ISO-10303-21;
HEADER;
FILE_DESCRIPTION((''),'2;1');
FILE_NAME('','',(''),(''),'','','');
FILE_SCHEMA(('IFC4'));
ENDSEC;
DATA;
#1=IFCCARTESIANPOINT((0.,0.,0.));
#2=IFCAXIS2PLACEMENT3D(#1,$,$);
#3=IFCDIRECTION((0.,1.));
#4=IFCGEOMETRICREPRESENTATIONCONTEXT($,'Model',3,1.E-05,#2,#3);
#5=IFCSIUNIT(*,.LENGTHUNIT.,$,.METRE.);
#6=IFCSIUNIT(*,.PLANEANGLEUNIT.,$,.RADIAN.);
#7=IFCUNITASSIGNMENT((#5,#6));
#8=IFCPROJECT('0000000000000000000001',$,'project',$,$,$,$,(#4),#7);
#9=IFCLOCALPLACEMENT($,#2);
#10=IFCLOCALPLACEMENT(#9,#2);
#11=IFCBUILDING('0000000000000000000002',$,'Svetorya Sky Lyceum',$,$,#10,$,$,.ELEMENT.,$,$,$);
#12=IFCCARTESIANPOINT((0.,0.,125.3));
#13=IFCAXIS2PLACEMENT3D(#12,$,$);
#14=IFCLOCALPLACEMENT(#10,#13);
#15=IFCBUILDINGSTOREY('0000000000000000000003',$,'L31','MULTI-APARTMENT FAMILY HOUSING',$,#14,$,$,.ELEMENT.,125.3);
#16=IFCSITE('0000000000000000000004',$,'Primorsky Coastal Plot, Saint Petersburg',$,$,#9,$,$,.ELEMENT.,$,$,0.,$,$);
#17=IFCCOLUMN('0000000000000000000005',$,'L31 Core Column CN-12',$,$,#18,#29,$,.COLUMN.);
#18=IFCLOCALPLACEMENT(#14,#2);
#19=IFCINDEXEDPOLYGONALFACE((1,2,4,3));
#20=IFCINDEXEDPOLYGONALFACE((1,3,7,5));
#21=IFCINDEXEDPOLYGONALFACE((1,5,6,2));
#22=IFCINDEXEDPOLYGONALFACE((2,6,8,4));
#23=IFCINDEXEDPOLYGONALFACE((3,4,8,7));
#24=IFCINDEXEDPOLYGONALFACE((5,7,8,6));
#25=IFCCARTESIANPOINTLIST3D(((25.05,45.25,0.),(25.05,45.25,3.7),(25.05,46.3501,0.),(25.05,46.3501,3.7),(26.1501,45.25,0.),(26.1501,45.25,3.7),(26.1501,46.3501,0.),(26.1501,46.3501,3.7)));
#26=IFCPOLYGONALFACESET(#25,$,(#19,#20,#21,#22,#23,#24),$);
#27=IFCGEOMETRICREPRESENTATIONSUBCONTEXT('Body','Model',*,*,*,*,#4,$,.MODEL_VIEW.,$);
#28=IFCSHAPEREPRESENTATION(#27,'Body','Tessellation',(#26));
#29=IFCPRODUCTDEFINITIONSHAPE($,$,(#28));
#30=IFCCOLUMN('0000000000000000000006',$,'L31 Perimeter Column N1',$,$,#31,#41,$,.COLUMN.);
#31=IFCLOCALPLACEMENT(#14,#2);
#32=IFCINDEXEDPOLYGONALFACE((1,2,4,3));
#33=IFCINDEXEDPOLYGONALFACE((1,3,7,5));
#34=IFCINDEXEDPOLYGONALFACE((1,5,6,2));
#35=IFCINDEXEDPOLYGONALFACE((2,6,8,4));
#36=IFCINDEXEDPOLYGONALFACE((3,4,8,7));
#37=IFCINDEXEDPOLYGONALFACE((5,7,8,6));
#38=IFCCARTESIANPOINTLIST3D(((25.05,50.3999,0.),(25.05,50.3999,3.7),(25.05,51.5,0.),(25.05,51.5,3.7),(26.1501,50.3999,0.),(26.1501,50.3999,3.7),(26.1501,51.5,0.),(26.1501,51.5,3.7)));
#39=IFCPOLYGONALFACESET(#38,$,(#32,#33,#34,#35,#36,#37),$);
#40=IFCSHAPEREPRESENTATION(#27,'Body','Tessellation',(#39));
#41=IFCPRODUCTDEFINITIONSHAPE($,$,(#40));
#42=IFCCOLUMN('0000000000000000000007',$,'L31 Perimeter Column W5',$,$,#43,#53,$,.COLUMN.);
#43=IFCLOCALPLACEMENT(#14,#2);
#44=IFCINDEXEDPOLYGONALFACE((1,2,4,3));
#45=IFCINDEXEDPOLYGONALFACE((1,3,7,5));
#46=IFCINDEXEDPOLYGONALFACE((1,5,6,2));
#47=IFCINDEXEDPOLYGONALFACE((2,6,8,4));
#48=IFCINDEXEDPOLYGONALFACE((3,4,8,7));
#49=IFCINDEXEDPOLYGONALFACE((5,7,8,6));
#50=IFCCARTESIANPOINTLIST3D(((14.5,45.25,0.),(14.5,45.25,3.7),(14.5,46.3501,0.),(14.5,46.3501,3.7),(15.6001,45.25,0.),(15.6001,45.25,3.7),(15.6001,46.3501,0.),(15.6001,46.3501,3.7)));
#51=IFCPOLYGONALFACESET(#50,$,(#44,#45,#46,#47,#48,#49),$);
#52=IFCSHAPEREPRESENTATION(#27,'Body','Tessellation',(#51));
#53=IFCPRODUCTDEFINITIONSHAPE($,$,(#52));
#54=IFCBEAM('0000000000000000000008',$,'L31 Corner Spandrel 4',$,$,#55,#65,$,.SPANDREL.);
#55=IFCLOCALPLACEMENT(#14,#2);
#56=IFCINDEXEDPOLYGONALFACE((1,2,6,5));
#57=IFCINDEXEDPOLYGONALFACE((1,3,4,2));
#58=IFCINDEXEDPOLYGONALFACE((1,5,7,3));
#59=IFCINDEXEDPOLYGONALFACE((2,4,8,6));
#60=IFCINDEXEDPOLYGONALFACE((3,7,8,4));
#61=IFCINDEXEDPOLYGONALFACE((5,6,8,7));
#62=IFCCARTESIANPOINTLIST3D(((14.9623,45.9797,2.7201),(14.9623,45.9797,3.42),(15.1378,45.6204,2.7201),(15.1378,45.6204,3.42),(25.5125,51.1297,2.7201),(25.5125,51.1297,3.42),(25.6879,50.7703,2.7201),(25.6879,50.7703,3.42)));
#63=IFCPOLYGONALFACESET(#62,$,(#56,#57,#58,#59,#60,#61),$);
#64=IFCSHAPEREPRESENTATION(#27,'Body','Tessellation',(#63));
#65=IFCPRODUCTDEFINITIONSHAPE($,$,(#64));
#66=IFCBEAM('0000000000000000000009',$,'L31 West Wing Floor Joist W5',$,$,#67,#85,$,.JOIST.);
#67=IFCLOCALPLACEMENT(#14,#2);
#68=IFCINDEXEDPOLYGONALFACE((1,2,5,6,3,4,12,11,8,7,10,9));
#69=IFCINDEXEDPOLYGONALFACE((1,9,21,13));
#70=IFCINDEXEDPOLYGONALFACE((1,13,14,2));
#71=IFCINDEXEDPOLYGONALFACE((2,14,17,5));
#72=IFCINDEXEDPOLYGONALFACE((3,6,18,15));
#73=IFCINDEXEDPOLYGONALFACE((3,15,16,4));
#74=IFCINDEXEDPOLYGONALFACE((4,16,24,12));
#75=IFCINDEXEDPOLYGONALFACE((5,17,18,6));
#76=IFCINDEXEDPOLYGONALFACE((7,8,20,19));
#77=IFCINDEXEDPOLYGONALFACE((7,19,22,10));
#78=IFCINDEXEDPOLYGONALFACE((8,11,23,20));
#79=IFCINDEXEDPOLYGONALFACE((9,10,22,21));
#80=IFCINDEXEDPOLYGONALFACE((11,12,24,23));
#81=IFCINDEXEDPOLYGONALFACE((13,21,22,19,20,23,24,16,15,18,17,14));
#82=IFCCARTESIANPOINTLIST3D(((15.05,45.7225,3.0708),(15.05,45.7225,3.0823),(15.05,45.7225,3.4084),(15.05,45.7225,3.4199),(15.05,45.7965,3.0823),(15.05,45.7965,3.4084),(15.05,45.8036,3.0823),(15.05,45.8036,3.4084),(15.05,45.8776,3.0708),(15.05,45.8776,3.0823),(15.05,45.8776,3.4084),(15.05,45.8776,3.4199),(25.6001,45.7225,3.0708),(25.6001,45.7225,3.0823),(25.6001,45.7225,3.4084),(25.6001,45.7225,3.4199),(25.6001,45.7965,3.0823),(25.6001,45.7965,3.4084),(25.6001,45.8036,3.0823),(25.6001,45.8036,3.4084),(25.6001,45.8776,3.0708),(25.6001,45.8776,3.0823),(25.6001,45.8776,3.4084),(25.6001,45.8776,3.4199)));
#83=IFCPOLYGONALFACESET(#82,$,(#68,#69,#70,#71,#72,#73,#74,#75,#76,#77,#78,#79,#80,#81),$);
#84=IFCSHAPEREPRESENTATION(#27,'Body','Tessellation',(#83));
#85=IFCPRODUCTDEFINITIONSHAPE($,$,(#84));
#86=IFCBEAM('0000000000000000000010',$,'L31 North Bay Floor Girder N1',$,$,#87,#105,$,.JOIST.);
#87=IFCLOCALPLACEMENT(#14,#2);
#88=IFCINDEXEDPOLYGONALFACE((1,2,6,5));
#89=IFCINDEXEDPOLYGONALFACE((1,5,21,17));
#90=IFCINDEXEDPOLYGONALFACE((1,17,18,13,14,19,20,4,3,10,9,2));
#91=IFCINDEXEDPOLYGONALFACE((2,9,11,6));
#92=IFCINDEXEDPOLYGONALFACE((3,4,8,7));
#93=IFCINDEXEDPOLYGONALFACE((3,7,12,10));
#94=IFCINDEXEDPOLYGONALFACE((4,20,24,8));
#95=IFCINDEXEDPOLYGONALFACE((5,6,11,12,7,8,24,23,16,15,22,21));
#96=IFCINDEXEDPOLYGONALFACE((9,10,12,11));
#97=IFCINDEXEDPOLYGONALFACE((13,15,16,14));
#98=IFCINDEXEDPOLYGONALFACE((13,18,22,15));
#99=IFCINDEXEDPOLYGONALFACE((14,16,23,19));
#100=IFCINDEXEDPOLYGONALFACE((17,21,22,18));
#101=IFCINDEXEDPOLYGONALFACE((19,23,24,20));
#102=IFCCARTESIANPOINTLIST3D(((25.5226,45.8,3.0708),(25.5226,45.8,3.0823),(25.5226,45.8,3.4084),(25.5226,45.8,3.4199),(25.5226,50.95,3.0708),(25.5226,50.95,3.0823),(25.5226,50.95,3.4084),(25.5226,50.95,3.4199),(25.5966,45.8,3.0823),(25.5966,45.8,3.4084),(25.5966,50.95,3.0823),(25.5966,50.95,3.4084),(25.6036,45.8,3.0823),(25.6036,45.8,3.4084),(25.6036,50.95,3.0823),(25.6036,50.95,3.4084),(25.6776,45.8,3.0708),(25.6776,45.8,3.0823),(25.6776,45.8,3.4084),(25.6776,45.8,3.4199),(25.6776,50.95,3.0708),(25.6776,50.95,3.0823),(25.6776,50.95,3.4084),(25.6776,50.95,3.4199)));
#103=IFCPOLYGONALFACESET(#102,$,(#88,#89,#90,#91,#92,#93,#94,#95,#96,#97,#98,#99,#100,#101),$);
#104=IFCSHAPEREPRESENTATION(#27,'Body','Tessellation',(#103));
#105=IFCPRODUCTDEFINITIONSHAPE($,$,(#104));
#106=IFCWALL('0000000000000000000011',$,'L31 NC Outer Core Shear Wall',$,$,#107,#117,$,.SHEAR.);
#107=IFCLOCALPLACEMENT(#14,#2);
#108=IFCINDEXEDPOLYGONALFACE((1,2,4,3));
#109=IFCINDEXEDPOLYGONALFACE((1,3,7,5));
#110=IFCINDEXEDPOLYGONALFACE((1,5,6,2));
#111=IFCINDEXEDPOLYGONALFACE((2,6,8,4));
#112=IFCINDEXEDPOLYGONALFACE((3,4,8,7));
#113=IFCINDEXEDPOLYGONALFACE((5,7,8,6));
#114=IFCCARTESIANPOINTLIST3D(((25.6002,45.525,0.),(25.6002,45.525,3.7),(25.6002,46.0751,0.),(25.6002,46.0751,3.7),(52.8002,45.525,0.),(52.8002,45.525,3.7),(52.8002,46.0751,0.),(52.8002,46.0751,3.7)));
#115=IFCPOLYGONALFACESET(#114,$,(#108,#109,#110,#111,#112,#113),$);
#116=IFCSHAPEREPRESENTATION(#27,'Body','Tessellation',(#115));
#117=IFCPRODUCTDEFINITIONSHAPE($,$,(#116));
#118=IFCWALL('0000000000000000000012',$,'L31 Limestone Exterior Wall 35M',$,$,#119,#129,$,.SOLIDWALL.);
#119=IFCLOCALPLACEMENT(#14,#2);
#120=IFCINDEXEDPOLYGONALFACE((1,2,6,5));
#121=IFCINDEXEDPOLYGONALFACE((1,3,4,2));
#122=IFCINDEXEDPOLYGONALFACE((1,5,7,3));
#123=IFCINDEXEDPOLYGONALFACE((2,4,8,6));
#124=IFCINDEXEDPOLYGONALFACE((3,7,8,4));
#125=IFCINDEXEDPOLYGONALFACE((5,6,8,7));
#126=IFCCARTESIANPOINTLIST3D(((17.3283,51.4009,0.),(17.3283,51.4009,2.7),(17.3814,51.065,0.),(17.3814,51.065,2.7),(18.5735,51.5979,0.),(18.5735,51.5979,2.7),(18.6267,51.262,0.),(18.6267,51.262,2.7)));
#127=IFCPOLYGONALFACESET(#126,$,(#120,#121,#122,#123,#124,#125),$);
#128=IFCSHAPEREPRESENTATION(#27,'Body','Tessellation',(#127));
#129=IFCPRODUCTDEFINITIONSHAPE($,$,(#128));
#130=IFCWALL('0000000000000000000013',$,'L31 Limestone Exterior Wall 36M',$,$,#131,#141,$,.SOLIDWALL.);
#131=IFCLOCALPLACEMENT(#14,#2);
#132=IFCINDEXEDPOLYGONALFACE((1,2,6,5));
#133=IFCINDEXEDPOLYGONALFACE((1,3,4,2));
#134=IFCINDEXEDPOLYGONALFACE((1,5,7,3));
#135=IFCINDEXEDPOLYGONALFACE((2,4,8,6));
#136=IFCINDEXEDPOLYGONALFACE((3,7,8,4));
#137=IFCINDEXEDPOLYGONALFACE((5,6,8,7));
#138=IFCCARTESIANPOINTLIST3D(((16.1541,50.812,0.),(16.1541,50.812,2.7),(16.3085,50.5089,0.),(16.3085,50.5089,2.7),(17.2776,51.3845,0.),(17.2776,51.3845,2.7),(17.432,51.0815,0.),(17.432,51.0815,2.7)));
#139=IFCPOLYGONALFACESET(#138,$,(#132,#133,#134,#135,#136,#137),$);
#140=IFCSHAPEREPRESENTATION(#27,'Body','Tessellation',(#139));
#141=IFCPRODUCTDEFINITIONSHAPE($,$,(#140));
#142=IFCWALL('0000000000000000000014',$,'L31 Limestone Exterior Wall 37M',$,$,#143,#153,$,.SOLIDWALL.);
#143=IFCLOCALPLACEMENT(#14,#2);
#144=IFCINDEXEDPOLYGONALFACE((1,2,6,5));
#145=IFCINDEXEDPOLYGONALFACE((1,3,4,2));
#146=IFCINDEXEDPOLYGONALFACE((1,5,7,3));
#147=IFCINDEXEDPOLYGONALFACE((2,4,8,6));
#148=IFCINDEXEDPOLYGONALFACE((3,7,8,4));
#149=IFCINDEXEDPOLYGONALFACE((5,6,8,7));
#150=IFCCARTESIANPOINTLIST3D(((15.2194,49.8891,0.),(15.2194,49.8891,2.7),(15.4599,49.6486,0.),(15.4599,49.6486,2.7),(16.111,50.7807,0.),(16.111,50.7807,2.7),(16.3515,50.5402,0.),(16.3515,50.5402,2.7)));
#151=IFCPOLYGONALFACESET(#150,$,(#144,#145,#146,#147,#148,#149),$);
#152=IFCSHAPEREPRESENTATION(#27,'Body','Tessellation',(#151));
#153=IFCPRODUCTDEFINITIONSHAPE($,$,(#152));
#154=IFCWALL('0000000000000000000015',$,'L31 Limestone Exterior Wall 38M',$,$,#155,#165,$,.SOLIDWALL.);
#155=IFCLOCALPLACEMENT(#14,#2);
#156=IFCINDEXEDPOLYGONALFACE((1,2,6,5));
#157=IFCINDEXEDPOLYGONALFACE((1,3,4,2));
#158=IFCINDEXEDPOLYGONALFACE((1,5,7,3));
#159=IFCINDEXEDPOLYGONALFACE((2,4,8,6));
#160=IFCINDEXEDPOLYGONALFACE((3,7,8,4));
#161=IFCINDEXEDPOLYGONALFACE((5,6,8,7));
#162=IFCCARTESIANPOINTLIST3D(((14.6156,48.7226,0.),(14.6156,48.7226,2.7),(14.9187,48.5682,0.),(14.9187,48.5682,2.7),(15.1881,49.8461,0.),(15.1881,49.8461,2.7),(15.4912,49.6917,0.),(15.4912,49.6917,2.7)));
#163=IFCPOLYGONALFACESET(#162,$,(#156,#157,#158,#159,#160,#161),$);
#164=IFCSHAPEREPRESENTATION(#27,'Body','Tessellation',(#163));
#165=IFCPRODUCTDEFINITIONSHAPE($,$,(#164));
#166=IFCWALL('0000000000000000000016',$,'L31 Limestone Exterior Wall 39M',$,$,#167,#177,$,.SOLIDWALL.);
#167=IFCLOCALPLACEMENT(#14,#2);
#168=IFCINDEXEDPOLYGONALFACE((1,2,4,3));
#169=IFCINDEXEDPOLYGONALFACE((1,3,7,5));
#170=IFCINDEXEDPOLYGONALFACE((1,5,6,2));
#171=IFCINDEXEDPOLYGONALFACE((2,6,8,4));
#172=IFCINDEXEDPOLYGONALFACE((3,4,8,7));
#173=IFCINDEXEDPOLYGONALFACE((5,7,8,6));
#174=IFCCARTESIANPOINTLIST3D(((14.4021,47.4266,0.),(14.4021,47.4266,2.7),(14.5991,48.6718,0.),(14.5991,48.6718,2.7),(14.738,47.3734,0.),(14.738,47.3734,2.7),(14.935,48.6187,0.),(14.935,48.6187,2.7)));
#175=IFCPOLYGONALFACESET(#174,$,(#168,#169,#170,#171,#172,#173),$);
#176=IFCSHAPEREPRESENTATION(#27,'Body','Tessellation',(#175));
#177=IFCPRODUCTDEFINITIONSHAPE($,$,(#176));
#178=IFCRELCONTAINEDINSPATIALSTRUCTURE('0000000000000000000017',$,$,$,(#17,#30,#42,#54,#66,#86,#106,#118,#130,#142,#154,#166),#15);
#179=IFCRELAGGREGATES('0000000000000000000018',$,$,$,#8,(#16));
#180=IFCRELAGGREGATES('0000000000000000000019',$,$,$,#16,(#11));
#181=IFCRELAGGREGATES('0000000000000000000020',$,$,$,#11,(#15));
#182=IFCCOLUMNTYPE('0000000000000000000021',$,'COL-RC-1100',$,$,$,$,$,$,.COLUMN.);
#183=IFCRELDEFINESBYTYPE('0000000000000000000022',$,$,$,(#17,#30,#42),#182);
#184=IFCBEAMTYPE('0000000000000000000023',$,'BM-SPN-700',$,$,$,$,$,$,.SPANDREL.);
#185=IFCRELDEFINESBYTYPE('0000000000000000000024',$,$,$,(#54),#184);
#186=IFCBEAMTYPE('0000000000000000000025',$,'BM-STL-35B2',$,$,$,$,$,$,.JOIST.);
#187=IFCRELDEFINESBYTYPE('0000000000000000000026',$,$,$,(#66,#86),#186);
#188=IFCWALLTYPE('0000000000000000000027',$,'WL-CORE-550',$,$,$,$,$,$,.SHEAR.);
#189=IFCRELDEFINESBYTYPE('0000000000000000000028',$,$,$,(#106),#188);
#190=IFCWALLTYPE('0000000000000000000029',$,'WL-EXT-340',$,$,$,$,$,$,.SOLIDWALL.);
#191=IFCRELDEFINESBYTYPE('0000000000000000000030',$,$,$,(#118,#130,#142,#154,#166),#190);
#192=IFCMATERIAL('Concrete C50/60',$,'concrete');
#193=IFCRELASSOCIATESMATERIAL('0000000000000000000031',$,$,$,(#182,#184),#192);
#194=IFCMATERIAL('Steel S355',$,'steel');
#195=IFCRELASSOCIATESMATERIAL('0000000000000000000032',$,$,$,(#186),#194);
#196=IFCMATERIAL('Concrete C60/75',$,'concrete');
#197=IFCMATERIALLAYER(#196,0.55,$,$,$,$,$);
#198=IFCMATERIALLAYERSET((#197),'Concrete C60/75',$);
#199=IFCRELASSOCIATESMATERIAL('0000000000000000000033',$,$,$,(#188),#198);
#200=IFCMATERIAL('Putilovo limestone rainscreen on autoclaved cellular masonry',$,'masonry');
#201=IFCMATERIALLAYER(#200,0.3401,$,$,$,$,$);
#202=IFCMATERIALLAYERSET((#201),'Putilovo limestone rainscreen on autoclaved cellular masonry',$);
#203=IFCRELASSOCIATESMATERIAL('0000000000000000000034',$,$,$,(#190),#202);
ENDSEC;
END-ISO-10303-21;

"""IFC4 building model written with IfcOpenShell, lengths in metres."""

from ifc_helpers import new_model, si_unit, direction, frame, frame_2d, origin, origin_2d, place, context, subcontext, project, spatial, rectangle, i_section, extrude, material, layer, layer_set, material_profile, profile_set, type_object, element, save


model = new_model("IFC4")

# Units and contexts
model_context = context("Model", 3, precision=1e-05, world=origin(), true_north=direction((0.0, 1.0)))
body_context = subcontext(model_context, "Body", "Model", "MODEL_VIEW")
ifc_project = project(units=[si_unit("LENGTHUNIT", "METRE"), si_unit("PLANEANGLEUNIT", "RADIAN")], contexts=[model_context])

# Site, building, storey
site_placement = place(None, origin())
site = spatial("IfcSite", under=ifc_project, at=site_placement, Name="Primorsky Coastal Plot, Saint Petersburg", CompositionType="ELEMENT", RefElevation=0.0)
building_placement = place(site_placement, origin())
building = spatial("IfcBuilding", under=site, at=building_placement, Name="Svetorya Sky Lyceum", CompositionType="ELEMENT")
storey_placement = place(building_placement, frame((0.0, 0.0, 125.3)))
storey = spatial("IfcBuildingStorey", under=building, at=storey_placement, Name="L31", Description="MULTI-APARTMENT FAMILY HOUSING", CompositionType="ELEMENT", Elevation=125.3)

# Columns
ifc_material_1 = material(Name="Concrete C50/60", Category="concrete")
ifc_material_profile_1 = material_profile(ifc_material_1, rectangle(XDim=1.1001, YDim=1.1001, at=origin_2d()), Name="RC COL 1100x1100")
ifc_profile_set_1 = profile_set([ifc_material_profile_1], Name="Concrete C50/60")
column_type = type_object("IfcColumnType", Name="COL-RC-1100", PredefinedType="COLUMN", material=ifc_profile_set_1)
for number, where, z_axis, x_axis, name in (
    (1, (25.6001, 45.8, 0.0), (0.0, 0.0, 1.0), (1.0, 0.0, 0.0), "L31 Core Column CN-12"),
    (2, (25.6001, 50.95, 0.0), (0.0, 0.0, 1.0), (1.0, 0.0, 0.0), "L31 Perimeter Column N1"),
    (3, (15.05, 45.8, 0.0), (0.0, 0.0, 1.0), (1.0, 0.0, 0.0), "L31 Perimeter Column W5"),
):
    element("IfcColumn", number, at=place(storey_placement, frame(where, z_axis=z_axis, x_axis=x_axis)), inside=storey, type_object=column_type, Name=name, PredefinedType="COLUMN", context=body_context, shape_type="SweptSolid", body=[
        extrude(rectangle(XDim=1.1001, YDim=1.1001, at=origin_2d()), origin(), (0.0, 0.0, 1.0), 3.7),
    ])

# Beams
ifc_material_profile_2 = material_profile(ifc_material_1, rectangle(XDim=0.3999, YDim=0.7, at=origin_2d()), Name="RC SPANDREL 400x700")
ifc_profile_set_2 = profile_set([ifc_material_profile_2], Name="Concrete C50/60")
beam_type_1 = type_object("IfcBeamType", Name="BM-SPN-700", PredefinedType="SPANDREL", material=ifc_profile_set_2)
beam_1_placement = place(storey_placement, frame((15.05, 45.8, 3.0701), z_axis=(0.89865, 0.438667, 0.0), x_axis=(-0.438667, 0.89865, 0.0)))
element("IfcBeam", 4, at=beam_1_placement, inside=storey, type_object=beam_type_1, Name="L31 Corner Spandrel 4", PredefinedType="SPANDREL", context=body_context, shape_type="SweptSolid", body=[
    extrude(rectangle(XDim=0.3999, YDim=0.7, at=origin_2d()), origin(), (0.0, 0.0, 1.0), 11.74),
])
ifc_material_2 = material(Name="Steel S355", Category="steel")
ifc_material_profile_3 = material_profile(ifc_material_2, i_section(OverallWidth=0.155, OverallDepth=0.3491, WebThickness=0.0071, FlangeThickness=0.0115, at=origin_2d()), Name="GOST 35B2")
ifc_profile_set_3 = profile_set([ifc_material_profile_3], Name="Steel S355")
beam_type_2 = type_object("IfcBeamType", Name="BM-STL-35B2", PredefinedType="JOIST", material=ifc_profile_set_3)
beam_2_placement = place(storey_placement, frame((15.05, 45.8, 3.2454), z_axis=(1.0, 0.0, 0.0), x_axis=(0.0, 1.0, 0.0)))
element("IfcBeam", 5, at=beam_2_placement, inside=storey, type_object=beam_type_2, Name="L31 West Wing Floor Joist W5", PredefinedType="JOIST", context=body_context, shape_type="SweptSolid", body=[
    extrude(i_section(OverallWidth=0.155, OverallDepth=0.3491, WebThickness=0.0071, FlangeThickness=0.0115, at=origin_2d()), origin(), (0.0, 0.0, 1.0), 10.55),
])
beam_3_placement = place(storey_placement, frame((25.6001, 45.8, 3.2454), z_axis=(0.0, 1.0, 0.0), x_axis=(-1.0, 0.0, 0.0)))
element("IfcBeam", 6, at=beam_3_placement, inside=storey, type_object=beam_type_2, Name="L31 North Bay Floor Girder N1", PredefinedType="JOIST", context=body_context, shape_type="SweptSolid", body=[
    extrude(i_section(OverallWidth=0.155, OverallDepth=0.3491, WebThickness=0.0071, FlangeThickness=0.0115, at=origin_2d()), origin(), (0.0, 0.0, 1.0), 5.1499),
])

# Walls
ifc_material_3 = material(Name="Concrete C60/75", Category="concrete")
ifc_layer_1 = layer(ifc_material_3, 0.55)
ifc_layer_set_1 = layer_set([ifc_layer_1], Name="Concrete C60/75")
wall_type_1 = type_object("IfcWallType", Name="WL-CORE-550", PredefinedType="SHEAR", material=ifc_layer_set_1)
wall_1_placement = place(storey_placement, frame((25.6001, 45.8, 0.0), z_axis=(0.0, 0.0, 1.0), x_axis=(1.0, 0.0, 0.0)))
element("IfcWall", 7, at=wall_1_placement, inside=storey, type_object=wall_type_1, Name="L31 NC Outer Core Shear Wall", PredefinedType="SHEAR", context=body_context, shape_type="SweptSolid", body=[
    extrude(rectangle(XDim=27.2, YDim=0.55, at=frame_2d((13.6001, 0.0))), origin(), (0.0, 0.0, 1.0), 3.7),
])
ifc_material_4 = material(Name="Putilovo limestone rainscreen on autoclaved cellular masonry", Category="masonry")
ifc_layer_2 = layer(ifc_material_4, 0.3401)
ifc_layer_set_2 = layer_set([ifc_layer_2], Name="Putilovo limestone rainscreen on autoclaved cellular masonry")
wall_type_2 = type_object("IfcWallType", Name="WL-EXT-340", PredefinedType="SOLIDWALL", material=ifc_layer_set_2)
wall_2_placement = place(storey_placement, frame((18.6001, 51.4299, 0.0), z_axis=(0.0, 0.0, 1.0), x_axis=(-0.987716, -0.156261, 0.0)))
element("IfcWall", 8, at=wall_2_placement, inside=storey, type_object=wall_type_2, Name="L31 Limestone Exterior Wall 35M", PredefinedType="SOLIDWALL", context=body_context, shape_type="SweptSolid", body=[
    extrude(rectangle(XDim=1.2607, YDim=0.3401, at=frame_2d((0.6304, 0.0))), origin(), (0.0, 0.0, 1.0), 2.7),
])
for number, where, z_axis, x_axis, name in (
    (9, (17.3547, 51.2329, 0.0), (0.0, 0.0, 1.0), (-0.890994, -0.454016, 0.0), "L31 Limestone Exterior Wall 36M"),
    (10, (16.2312, 50.6604, 0.0), (0.0, 0.0, 1.0), (-0.707107, -0.707107, 0.0), "L31 Limestone Exterior Wall 37M"),
    (11, (15.3396, 49.7688, 0.0), (0.0, 0.0, 1.0), (-0.454016, -0.890994, 0.0), "L31 Limestone Exterior Wall 38M"),
):
    element("IfcWall", number, at=place(storey_placement, frame(where, z_axis=z_axis, x_axis=x_axis)), inside=storey, type_object=wall_type_2, Name=name, PredefinedType="SOLIDWALL", context=body_context, shape_type="SweptSolid", body=[
        extrude(rectangle(XDim=1.261, YDim=0.3401, at=frame_2d((0.6304, 0.0))), origin(), (0.0, 0.0, 1.0), 2.7),
    ])
wall_3_placement = place(storey_placement, frame((14.7671, 48.6453, 0.0), z_axis=(0.0, 0.0, 1.0), x_axis=(-0.156261, -0.987716, 0.0)))
element("IfcWall", 12, at=wall_3_placement, inside=storey, type_object=wall_type_2, Name="L31 Limestone Exterior Wall 39M", PredefinedType="SOLIDWALL", context=body_context, shape_type="SweptSolid", body=[
    extrude(rectangle(XDim=1.2607, YDim=0.3401, at=frame_2d((0.6304, 0.0))), origin(), (0.0, 0.0, 1.0), 2.7),
])

save(model, "model.ifc")
